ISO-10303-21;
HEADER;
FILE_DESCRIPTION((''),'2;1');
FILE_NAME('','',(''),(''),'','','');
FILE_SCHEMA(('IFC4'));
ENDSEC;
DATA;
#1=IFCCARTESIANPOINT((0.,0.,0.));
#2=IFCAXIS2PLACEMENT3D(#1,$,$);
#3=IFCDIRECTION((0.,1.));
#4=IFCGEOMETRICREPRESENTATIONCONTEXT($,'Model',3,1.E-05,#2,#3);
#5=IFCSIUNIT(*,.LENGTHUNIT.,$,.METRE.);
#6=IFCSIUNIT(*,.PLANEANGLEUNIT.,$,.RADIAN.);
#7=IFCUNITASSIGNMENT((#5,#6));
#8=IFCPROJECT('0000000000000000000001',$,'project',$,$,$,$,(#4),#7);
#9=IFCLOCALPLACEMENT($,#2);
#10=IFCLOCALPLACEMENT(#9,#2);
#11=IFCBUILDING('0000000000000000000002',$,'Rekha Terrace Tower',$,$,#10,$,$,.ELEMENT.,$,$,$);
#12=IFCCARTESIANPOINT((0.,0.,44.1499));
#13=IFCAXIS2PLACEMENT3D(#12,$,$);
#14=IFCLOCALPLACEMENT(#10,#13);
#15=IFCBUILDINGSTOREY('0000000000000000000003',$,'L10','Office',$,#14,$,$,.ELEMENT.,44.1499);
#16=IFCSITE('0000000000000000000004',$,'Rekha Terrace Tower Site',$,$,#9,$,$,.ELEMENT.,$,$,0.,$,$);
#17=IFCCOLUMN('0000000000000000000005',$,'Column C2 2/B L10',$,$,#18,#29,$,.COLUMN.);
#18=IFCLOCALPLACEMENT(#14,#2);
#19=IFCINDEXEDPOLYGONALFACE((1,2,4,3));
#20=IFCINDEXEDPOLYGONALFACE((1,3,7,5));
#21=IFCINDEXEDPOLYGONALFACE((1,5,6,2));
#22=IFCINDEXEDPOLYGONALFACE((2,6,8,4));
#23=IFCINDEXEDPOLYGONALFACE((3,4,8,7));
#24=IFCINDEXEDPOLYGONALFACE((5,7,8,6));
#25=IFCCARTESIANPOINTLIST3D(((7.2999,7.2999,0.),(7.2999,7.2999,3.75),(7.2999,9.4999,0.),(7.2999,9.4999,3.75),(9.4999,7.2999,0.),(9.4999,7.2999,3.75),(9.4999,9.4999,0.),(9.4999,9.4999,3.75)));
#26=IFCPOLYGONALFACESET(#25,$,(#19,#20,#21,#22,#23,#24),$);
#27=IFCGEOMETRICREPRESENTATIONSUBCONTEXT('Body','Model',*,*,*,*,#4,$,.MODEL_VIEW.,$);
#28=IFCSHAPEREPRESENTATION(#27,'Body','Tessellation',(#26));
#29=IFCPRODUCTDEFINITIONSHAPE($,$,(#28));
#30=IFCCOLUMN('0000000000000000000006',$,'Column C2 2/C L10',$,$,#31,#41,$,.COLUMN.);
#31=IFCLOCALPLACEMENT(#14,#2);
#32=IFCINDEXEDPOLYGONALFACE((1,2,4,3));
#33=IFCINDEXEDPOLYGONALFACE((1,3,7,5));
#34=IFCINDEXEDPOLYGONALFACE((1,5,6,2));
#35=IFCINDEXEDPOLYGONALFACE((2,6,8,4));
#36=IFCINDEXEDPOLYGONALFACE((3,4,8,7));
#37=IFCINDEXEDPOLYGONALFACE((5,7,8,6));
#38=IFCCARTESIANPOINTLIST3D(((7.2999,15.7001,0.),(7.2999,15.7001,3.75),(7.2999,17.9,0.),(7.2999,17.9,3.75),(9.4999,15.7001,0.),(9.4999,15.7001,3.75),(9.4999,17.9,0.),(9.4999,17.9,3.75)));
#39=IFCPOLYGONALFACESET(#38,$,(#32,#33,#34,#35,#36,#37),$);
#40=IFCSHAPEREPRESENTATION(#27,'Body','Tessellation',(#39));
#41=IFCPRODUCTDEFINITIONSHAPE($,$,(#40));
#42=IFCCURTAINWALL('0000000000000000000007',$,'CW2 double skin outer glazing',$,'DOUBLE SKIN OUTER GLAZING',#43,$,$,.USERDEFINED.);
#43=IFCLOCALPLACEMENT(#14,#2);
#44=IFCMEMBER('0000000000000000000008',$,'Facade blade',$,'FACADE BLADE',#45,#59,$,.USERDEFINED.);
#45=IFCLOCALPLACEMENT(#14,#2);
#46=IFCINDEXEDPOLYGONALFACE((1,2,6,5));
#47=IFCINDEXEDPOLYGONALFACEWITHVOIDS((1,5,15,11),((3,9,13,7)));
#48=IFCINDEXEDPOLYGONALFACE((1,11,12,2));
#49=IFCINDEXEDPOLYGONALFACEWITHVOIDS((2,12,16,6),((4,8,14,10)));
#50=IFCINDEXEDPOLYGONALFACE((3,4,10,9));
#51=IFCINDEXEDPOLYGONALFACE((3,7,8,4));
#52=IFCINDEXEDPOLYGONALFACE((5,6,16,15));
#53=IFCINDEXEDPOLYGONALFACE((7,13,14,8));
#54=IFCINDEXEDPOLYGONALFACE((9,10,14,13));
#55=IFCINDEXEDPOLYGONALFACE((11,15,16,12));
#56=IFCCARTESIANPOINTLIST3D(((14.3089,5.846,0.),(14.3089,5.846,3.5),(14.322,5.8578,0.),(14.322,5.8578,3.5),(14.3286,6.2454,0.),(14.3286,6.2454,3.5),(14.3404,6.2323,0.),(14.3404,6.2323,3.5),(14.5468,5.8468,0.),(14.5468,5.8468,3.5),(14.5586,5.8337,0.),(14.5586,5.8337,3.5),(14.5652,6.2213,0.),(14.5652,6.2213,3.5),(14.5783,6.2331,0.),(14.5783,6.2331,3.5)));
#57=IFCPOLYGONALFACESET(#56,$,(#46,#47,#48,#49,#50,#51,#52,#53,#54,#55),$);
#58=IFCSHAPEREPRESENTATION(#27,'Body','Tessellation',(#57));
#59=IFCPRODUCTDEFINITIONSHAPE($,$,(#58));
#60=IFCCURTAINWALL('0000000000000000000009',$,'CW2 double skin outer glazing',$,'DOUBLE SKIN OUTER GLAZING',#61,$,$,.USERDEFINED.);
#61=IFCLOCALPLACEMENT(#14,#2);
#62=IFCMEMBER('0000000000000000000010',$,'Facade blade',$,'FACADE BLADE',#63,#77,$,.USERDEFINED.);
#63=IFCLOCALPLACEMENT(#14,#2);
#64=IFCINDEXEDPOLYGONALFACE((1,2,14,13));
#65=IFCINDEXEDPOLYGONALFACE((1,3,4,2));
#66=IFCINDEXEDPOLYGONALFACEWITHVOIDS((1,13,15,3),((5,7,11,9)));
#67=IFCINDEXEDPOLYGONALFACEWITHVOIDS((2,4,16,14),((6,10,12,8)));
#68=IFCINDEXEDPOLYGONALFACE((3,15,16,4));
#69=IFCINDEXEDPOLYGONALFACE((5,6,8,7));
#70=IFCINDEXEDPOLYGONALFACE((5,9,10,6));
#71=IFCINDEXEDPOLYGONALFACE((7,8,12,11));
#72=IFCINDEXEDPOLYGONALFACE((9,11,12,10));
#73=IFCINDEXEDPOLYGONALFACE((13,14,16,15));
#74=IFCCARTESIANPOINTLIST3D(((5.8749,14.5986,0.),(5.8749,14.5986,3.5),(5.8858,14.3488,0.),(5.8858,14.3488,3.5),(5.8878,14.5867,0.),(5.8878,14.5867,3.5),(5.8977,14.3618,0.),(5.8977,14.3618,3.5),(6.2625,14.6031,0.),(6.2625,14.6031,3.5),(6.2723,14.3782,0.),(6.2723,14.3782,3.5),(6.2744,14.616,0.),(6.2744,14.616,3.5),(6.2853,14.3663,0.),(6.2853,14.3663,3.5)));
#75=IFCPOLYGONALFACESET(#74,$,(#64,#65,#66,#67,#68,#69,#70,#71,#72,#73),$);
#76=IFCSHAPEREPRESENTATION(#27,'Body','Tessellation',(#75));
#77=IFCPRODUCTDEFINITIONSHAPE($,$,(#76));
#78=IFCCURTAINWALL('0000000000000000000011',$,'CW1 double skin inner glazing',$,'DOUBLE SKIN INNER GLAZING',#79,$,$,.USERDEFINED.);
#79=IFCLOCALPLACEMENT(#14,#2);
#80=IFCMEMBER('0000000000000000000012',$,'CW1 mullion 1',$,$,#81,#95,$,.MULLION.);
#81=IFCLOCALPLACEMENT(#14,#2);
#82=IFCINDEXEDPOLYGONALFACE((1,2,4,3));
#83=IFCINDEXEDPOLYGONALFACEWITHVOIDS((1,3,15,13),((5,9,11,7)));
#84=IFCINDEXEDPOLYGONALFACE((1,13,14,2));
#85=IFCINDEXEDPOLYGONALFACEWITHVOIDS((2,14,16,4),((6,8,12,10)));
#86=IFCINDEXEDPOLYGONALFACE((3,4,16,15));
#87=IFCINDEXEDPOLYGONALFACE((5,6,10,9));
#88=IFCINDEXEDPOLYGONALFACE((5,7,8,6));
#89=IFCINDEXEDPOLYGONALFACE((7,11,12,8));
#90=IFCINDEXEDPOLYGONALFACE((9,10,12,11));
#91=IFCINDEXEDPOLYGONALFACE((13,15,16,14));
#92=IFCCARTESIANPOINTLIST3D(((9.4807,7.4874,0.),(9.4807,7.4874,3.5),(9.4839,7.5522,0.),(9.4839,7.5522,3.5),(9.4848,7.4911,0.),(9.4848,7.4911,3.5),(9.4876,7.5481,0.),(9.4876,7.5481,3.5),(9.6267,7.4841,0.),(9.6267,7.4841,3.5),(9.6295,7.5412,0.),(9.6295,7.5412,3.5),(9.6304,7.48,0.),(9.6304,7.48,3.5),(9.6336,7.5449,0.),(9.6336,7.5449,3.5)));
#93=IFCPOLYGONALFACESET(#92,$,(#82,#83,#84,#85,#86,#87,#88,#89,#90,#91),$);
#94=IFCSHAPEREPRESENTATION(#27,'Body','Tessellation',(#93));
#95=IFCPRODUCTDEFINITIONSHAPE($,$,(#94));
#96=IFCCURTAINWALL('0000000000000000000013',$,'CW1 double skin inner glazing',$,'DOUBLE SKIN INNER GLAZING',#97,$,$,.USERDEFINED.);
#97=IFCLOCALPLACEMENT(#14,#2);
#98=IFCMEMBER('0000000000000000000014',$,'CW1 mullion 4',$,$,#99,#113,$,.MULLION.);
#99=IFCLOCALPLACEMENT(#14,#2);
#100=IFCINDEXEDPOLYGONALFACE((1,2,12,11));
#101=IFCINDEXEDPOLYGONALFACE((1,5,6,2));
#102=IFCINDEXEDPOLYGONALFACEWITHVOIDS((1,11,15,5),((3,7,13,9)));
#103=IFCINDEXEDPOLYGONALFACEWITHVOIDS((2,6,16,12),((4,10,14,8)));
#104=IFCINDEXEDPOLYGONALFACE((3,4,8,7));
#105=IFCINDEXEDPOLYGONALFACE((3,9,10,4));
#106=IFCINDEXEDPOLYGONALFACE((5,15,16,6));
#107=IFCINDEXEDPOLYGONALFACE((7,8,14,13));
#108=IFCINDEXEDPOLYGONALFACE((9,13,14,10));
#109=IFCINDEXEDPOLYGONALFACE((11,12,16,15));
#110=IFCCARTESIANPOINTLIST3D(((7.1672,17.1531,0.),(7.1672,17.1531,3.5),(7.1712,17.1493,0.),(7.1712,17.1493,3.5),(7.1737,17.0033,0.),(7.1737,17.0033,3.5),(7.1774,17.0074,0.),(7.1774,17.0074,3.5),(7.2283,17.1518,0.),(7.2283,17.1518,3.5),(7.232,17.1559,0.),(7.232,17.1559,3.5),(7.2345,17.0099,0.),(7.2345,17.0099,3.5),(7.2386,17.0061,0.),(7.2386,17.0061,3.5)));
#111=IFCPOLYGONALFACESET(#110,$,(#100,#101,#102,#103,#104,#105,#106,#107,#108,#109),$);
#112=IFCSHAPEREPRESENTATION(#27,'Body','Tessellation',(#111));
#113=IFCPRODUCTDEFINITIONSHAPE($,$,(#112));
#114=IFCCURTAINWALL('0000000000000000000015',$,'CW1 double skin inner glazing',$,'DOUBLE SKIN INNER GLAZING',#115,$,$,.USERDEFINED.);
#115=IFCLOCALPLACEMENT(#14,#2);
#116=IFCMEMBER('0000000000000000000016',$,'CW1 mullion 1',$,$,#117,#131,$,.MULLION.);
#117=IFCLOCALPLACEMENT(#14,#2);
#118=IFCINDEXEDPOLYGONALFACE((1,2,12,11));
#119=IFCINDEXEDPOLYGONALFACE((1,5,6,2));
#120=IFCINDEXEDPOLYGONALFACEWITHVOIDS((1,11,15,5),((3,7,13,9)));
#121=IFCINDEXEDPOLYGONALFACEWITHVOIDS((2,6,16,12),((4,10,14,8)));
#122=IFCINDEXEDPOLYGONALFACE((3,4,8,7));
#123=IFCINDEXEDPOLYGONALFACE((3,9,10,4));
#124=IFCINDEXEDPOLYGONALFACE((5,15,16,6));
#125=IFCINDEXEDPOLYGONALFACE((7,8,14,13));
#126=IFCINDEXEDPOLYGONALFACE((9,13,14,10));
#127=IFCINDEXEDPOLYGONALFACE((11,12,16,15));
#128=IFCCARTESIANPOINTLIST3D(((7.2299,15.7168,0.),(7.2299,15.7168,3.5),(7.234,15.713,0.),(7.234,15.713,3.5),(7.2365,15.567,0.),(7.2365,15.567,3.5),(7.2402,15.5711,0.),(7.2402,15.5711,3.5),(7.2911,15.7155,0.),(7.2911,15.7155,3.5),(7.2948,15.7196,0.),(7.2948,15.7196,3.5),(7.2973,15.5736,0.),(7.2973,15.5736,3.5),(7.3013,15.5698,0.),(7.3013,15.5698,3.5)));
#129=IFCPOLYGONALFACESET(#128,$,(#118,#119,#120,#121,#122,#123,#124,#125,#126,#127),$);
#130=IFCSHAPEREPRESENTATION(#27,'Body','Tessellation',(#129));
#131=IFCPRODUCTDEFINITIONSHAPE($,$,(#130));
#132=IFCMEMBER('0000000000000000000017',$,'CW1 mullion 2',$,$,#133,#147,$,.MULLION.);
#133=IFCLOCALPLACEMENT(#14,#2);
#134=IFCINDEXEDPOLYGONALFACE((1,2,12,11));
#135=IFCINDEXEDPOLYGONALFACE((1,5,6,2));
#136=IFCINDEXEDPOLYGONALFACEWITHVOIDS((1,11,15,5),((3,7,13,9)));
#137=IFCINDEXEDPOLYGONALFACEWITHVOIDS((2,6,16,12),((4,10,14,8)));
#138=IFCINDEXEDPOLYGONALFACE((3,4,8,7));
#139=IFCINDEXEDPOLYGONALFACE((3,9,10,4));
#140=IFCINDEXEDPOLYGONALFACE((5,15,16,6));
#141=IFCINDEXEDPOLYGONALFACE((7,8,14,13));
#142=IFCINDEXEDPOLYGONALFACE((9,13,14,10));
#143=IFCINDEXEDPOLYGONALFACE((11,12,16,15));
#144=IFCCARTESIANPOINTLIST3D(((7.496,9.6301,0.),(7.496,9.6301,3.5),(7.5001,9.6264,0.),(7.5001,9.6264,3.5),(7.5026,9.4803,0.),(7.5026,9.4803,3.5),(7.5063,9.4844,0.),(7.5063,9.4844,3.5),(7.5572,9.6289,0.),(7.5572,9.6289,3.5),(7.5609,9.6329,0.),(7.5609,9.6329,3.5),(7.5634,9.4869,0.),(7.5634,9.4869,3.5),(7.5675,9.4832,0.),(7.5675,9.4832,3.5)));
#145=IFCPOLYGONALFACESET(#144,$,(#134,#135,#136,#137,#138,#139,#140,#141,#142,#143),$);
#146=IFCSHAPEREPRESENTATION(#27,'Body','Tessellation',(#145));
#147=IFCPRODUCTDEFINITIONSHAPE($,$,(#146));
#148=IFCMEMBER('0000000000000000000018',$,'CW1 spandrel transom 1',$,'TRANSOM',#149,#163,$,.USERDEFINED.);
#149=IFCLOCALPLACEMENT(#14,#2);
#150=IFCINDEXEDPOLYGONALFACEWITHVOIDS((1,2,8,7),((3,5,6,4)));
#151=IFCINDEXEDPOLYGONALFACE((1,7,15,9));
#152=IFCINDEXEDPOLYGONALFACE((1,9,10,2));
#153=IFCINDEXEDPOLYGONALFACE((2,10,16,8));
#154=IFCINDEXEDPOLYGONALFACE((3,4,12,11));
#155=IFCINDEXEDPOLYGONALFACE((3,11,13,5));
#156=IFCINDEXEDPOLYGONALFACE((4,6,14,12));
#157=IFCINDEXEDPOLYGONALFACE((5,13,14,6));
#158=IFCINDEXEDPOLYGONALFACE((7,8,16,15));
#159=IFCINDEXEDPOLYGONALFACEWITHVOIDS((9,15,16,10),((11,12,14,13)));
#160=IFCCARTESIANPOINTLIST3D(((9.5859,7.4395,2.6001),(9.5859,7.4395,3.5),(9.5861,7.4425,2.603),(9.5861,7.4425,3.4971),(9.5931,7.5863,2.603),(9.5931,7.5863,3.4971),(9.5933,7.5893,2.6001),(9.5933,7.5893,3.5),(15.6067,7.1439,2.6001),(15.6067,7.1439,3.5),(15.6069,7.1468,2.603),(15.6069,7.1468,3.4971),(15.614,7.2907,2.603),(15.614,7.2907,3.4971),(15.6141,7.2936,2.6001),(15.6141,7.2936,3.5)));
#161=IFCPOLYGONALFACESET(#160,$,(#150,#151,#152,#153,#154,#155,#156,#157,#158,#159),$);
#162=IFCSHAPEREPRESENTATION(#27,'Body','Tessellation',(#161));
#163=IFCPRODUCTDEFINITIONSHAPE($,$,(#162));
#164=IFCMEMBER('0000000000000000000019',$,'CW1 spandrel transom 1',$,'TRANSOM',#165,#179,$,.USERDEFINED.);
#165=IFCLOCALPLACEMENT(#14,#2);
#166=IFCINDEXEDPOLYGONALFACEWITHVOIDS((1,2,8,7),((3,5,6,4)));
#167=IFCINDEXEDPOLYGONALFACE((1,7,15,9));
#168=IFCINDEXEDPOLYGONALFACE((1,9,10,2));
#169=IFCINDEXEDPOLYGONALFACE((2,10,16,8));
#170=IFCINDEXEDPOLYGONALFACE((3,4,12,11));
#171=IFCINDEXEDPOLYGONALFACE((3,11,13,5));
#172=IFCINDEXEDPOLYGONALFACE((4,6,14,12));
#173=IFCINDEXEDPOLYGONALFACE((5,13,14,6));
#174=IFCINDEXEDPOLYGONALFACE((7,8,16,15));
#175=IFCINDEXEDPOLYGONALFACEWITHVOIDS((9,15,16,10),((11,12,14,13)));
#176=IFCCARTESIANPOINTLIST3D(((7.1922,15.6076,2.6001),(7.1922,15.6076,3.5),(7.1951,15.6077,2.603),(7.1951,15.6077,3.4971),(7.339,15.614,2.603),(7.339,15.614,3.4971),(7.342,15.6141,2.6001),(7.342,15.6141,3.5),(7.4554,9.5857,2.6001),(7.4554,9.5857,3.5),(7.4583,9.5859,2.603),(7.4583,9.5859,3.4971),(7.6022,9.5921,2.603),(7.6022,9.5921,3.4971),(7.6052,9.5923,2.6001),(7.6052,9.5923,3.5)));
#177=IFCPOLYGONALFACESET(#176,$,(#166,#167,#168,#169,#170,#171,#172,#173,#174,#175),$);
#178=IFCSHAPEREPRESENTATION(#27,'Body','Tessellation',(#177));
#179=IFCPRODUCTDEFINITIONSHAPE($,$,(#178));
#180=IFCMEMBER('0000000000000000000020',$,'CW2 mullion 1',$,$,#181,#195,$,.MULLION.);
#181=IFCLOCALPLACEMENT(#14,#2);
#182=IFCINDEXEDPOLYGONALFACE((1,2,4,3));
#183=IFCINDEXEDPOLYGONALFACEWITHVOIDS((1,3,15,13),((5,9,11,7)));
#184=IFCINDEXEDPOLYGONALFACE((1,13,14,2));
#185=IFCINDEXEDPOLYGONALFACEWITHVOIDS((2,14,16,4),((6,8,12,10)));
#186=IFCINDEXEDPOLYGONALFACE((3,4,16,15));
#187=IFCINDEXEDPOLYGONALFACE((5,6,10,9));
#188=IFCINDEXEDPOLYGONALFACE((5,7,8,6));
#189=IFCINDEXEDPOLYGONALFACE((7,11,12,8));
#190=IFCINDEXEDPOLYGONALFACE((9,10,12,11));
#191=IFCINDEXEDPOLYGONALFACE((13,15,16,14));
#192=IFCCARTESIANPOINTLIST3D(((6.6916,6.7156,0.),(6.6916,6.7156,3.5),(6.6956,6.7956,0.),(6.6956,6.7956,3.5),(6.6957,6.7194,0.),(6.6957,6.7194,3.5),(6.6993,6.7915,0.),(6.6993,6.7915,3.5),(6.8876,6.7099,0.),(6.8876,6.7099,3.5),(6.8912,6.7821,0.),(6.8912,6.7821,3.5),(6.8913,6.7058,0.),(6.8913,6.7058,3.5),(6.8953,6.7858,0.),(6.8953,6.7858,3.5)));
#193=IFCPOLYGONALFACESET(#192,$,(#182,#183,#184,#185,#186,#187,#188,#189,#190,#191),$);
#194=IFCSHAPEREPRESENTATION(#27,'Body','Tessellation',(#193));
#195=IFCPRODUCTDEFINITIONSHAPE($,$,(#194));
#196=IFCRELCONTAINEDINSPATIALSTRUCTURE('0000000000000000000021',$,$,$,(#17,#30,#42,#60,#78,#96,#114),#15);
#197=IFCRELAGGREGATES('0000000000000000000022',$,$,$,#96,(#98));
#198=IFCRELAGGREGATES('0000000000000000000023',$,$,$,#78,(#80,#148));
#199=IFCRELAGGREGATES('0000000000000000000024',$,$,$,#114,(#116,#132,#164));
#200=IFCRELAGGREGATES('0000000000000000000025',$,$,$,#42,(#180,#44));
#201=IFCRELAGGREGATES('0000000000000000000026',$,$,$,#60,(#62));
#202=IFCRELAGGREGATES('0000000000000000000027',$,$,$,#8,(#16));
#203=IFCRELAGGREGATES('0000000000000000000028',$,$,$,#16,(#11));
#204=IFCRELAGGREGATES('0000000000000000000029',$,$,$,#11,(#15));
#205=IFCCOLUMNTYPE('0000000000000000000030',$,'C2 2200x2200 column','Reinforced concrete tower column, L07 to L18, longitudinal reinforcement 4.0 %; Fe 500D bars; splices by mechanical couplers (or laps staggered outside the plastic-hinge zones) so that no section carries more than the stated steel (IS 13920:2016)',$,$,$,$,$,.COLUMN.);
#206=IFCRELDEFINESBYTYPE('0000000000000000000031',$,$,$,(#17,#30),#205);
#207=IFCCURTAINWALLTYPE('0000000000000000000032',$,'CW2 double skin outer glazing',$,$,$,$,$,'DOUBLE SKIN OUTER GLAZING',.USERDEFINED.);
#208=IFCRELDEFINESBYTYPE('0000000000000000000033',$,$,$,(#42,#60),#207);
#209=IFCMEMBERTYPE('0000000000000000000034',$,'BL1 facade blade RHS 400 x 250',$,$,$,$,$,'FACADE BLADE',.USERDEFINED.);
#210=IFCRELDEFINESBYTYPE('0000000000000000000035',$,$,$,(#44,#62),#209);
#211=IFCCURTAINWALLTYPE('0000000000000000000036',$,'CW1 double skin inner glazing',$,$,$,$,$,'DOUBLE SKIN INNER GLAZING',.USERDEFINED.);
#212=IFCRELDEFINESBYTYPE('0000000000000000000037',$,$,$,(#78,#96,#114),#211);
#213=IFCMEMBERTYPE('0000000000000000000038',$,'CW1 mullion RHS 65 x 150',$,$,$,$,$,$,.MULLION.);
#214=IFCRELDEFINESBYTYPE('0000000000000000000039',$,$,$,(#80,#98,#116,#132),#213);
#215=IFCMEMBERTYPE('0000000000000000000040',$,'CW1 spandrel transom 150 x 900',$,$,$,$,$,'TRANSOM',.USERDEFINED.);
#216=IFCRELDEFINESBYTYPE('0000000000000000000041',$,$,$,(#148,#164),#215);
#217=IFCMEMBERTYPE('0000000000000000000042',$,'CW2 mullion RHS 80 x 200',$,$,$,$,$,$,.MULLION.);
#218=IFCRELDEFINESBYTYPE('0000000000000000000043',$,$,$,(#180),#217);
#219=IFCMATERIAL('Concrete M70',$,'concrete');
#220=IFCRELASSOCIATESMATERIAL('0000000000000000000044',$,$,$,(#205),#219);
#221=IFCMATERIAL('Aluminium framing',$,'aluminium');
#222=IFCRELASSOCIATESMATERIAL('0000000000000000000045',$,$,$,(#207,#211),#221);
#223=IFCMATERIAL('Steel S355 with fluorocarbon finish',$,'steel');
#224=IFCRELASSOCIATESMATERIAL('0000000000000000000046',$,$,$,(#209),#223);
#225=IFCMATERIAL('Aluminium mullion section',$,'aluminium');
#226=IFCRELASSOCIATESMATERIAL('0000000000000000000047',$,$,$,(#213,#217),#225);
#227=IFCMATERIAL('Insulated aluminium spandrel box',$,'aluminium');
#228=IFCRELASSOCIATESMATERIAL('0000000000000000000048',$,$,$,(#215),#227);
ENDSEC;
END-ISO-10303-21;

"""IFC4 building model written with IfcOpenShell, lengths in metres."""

from ifc_helpers import new_model, si_unit, direction, frame, origin, origin_2d, place, context, subcontext, project, spatial, rectangle, hollow_rectangle, extrude, material, material_profile, profile_set, type_object, element, aggregate, save


model = new_model("IFC4")

# Units and contexts
model_context = context("Model", 3, precision=1e-05, world=origin(), true_north=direction((0.0, 1.0)))
body_context = subcontext(model_context, "Body", "Model", "MODEL_VIEW")
ifc_project = project(units=[si_unit("LENGTHUNIT", "METRE"), si_unit("PLANEANGLEUNIT", "RADIAN")], contexts=[model_context])

# Site, building, storey
site_placement = place(None, origin())
site = spatial("IfcSite", under=ifc_project, at=site_placement, Name="Rekha Terrace Tower Site", CompositionType="ELEMENT", RefElevation=0.0)
building_placement = place(site_placement, origin())
building = spatial("IfcBuilding", under=site, at=building_placement, Name="Rekha Terrace Tower", CompositionType="ELEMENT")
storey_placement = place(building_placement, frame((0.0, 0.0, 44.1499)))
storey = spatial("IfcBuildingStorey", under=building, at=storey_placement, Name="L10", Description="Office", CompositionType="ELEMENT", Elevation=44.1499)

# Columns
ifc_material_1 = material(Name="Concrete M70", Category="concrete")
ifc_material_profile_1 = material_profile(ifc_material_1, rectangle(XDim=2.2, YDim=2.2, at=origin_2d()), Name="RC 2200x2200")
ifc_profile_set_1 = profile_set([ifc_material_profile_1], Name="Concrete M70")
column_type = type_object("IfcColumnType", Name="C2 2200x2200 column", Description="Reinforced concrete tower column, L07 to L18, longitudinal reinforcement 4.0 %; Fe 500D bars; splices by mechanical couplers (or laps staggered outside the plastic-hinge zones) so that no section carries more than the stated steel (IS 13920:2016)", PredefinedType="COLUMN", material=ifc_profile_set_1)
for number, where, z_axis, x_axis, name in (
    (1, (8.3999, 8.3999, 0.0), (0.0, 0.0, 1.0), (1.0, 0.0, 0.0), "Column C2 2/B L10"),
    (2, (8.3999, 16.8, 0.0), (0.0, 0.0, 1.0), (1.0, 0.0, 0.0), "Column C2 2/C L10"),
):
    element("IfcColumn", number, at=place(storey_placement, frame(where, z_axis=z_axis, x_axis=x_axis)), inside=storey, type_object=column_type, Name=name, PredefinedType="COLUMN", context=body_context, shape_type="SweptSolid", body=[
        extrude(rectangle(XDim=2.2, YDim=2.2, at=origin_2d()), origin(), (0.0, 0.0, 1.0), 3.75),
    ])

# Curtain walls, members
ifc_material_2 = material(Name="Aluminium framing", Category="aluminium")
curtain_wall_type_1 = type_object("IfcCurtainWallType", Name="CW2 double skin outer glazing", ElementType="DOUBLE SKIN OUTER GLAZING", PredefinedType="USERDEFINED", material=ifc_material_2)
curtain_wall_1_placement = place(storey_placement, origin())
curtain_wall_1 = element("IfcCurtainWall", 3, at=curtain_wall_1_placement, inside=storey, type_object=curtain_wall_type_1, Name="CW2 double skin outer glazing", ObjectType="DOUBLE SKIN OUTER GLAZING", PredefinedType="USERDEFINED")
ifc_material_3 = material(Name="Steel S355 with fluorocarbon finish", Category="steel")
ifc_material_profile_2 = material_profile(ifc_material_3, hollow_rectangle(XDim=0.25, YDim=0.3999, WallThickness=0.0125, at=origin_2d()), Name="RHS400x250x12.5")
ifc_profile_set_2 = profile_set([ifc_material_profile_2], Name="Steel S355 with fluorocarbon finish")
member_type_1 = type_object("IfcMemberType", Name="BL1 facade blade RHS 400 x 250", ElementType="FACADE BLADE", PredefinedType="USERDEFINED", material=ifc_profile_set_2)
member_1_placement = place(storey_placement, frame((14.4436, 6.0396, 0.0), z_axis=(0.0, 0.0, 1.0), x_axis=(0.998796, -0.049052, 0.0)))
member_1 = element("IfcMember", 4, at=member_1_placement, type_object=member_type_1, Name="Facade blade", ObjectType="FACADE BLADE", PredefinedType="USERDEFINED", context=body_context, shape_type="SweptSolid", body=[
    extrude(hollow_rectangle(XDim=0.25, YDim=0.3999, WallThickness=0.0125, at=origin_2d()), origin(), (0.0, 0.0, 1.0), 3.5),
])
curtain_wall_2_placement = place(storey_placement, origin())
curtain_wall_2 = element("IfcCurtainWall", 5, at=curtain_wall_2_placement, inside=storey, type_object=curtain_wall_type_1, Name="CW2 double skin outer glazing", ObjectType="DOUBLE SKIN OUTER GLAZING", PredefinedType="USERDEFINED")
member_2_placement = place(storey_placement, frame((6.0801, 14.4824, 0.0), z_axis=(0.0, 0.0, 1.0), x_axis=(0.043682, -0.999045, 0.0)))
member_2 = element("IfcMember", 6, at=member_2_placement, type_object=member_type_1, Name="Facade blade", ObjectType="FACADE BLADE", PredefinedType="USERDEFINED", context=body_context, shape_type="SweptSolid", body=[
    extrude(hollow_rectangle(XDim=0.25, YDim=0.3999, WallThickness=0.0125, at=origin_2d()), origin(), (0.0, 0.0, 1.0), 3.5),
])
curtain_wall_type_2 = type_object("IfcCurtainWallType", Name="CW1 double skin inner glazing", ElementType="DOUBLE SKIN INNER GLAZING", PredefinedType="USERDEFINED", material=ifc_material_2)
curtain_wall_3_placement = place(storey_placement, origin())
curtain_wall_3 = element("IfcCurtainWall", 7, at=curtain_wall_3_placement, inside=storey, type_object=curtain_wall_type_2, Name="CW1 double skin inner glazing", ObjectType="DOUBLE SKIN INNER GLAZING", PredefinedType="USERDEFINED")
ifc_material_4 = material(Name="Aluminium mullion section", Category="aluminium")
ifc_material_profile_3 = material_profile(ifc_material_4, hollow_rectangle(XDim=0.0649, YDim=0.1499, WallThickness=0.0039, at=origin_2d()), Name="AL RHS 65x150")
ifc_profile_set_3 = profile_set([ifc_material_profile_3], Name="Aluminium mullion section")
member_type_2 = type_object("IfcMemberType", Name="CW1 mullion RHS 65 x 150", PredefinedType="MULLION", material=ifc_profile_set_3)
member_3_placement = place(storey_placement, frame((9.5571, 7.5161, 0.0), z_axis=(0.0, 0.0, 1.0), x_axis=(0.049052, 0.998796, 0.0)))
member_3 = element("IfcMember", 8, at=member_3_placement, type_object=member_type_2, Name="CW1 mullion 1", PredefinedType="MULLION", context=body_context, shape_type="SweptSolid", body=[
    extrude(hollow_rectangle(XDim=0.0649, YDim=0.1499, WallThickness=0.0039, at=origin_2d()), origin(), (0.0, 0.0, 1.0), 3.5),
])
curtain_wall_4_placement = place(storey_placement, origin())
curtain_wall_4 = element("IfcCurtainWall", 9, at=curtain_wall_4_placement, inside=storey, type_object=curtain_wall_type_2, Name="CW1 double skin inner glazing", ObjectType="DOUBLE SKIN INNER GLAZING", PredefinedType="USERDEFINED")
member_4_placement = place(storey_placement, frame((7.2029, 17.0796, 0.0), z_axis=(0.0, 0.0, 1.0), x_axis=(0.999045, 0.043683, 0.0)))
member_4 = element("IfcMember", 10, at=member_4_placement, type_object=member_type_2, Name="CW1 mullion 4", PredefinedType="MULLION", context=body_context, shape_type="SweptSolid", body=[
    extrude(hollow_rectangle(XDim=0.0649, YDim=0.1499, WallThickness=0.0039, at=origin_2d()), origin(), (0.0, 0.0, 1.0), 3.5),
])
aggregate(curtain_wall_4, [member_4])

# Curtain wall, members
curtain_wall_5_placement = place(storey_placement, origin())
curtain_wall_5 = element("IfcCurtainWall", 11, at=curtain_wall_5_placement, inside=storey, type_object=curtain_wall_type_2, Name="CW1 double skin inner glazing", ObjectType="DOUBLE SKIN INNER GLAZING", PredefinedType="USERDEFINED")
member_5_placement = place(storey_placement, frame((7.2656, 15.6433, 0.0), z_axis=(0.0, 0.0, 1.0), x_axis=(0.999045, 0.043683, 0.0)))
member_5 = element("IfcMember", 12, at=member_5_placement, type_object=member_type_2, Name="CW1 mullion 1", PredefinedType="MULLION", context=body_context, shape_type="SweptSolid", body=[
    extrude(hollow_rectangle(XDim=0.0649, YDim=0.1499, WallThickness=0.0039, at=origin_2d()), origin(), (0.0, 0.0, 1.0), 3.5),
])
member_6_placement = place(storey_placement, frame((7.5317, 9.5566, 0.0), z_axis=(0.0, 0.0, 1.0), x_axis=(0.999045, 0.043683, 0.0)))
member_6 = element("IfcMember", 13, at=member_6_placement, type_object=member_type_2, Name="CW1 mullion 2", PredefinedType="MULLION", context=body_context, shape_type="SweptSolid", body=[
    extrude(hollow_rectangle(XDim=0.0649, YDim=0.1499, WallThickness=0.0039, at=origin_2d()), origin(), (0.0, 0.0, 1.0), 3.5),
])

# Members
ifc_material_5 = material(Name="Insulated aluminium spandrel box", Category="aluminium")
ifc_material_profile_4 = material_profile(ifc_material_5, hollow_rectangle(XDim=0.1499, YDim=0.8999, WallThickness=0.0029, at=origin_2d()), Name="AL SPANDREL BOX 150x900")
ifc_profile_set_4 = profile_set([ifc_material_profile_4], Name="Insulated aluminium spandrel box")
member_type_3 = type_object("IfcMemberType", Name="CW1 spandrel transom 150 x 900", ElementType="TRANSOM", PredefinedType="USERDEFINED", material=ifc_profile_set_4)
member_7_placement = place(storey_placement, frame((9.5896, 7.5144, 3.05), z_axis=(0.998796, -0.049047, 0.0), x_axis=(0.049047, 0.998796, 0.0)))
member_7 = element("IfcMember", 14, at=member_7_placement, type_object=member_type_3, Name="CW1 spandrel transom 1", ObjectType="TRANSOM", PredefinedType="USERDEFINED", context=body_context, shape_type="SweptSolid", body=[
    extrude(hollow_rectangle(XDim=0.1499, YDim=0.8999, WallThickness=0.0029, at=origin_2d()), origin(), (0.0, 0.0, 1.0), 6.0281),
])
member_8_placement = place(storey_placement, frame((7.2671, 15.6108, 3.05), z_axis=(0.043664, -0.999046, 0.0), x_axis=(0.999046, 0.043664, 0.0)))
member_8 = element("IfcMember", 15, at=member_8_placement, type_object=member_type_3, Name="CW1 spandrel transom 1", ObjectType="TRANSOM", PredefinedType="USERDEFINED", context=body_context, shape_type="SweptSolid", body=[
    extrude(hollow_rectangle(XDim=0.1499, YDim=0.8999, WallThickness=0.0029, at=origin_2d()), origin(), (0.0, 0.0, 1.0), 6.0276),
])
ifc_material_profile_5 = material_profile(ifc_material_4, hollow_rectangle(XDim=0.0801, YDim=0.2, WallThickness=0.0039, at=origin_2d()), Name="AL RHS 80x200")
ifc_profile_set_5 = profile_set([ifc_material_profile_5], Name="Aluminium mullion section")
member_type_4 = type_object("IfcMemberType", Name="CW2 mullion RHS 80 x 200", PredefinedType="MULLION", material=ifc_profile_set_5)
member_9_placement = place(storey_placement, frame((6.7935, 6.7507, 0.0), z_axis=(0.0, 0.0, 1.0), x_axis=(0.049052, 0.998796, 0.0)))
member_9 = element("IfcMember", 16, at=member_9_placement, type_object=member_type_4, Name="CW2 mullion 1", PredefinedType="MULLION", context=body_context, shape_type="SweptSolid", body=[
    extrude(hollow_rectangle(XDim=0.0801, YDim=0.2, WallThickness=0.0039, at=origin_2d()), origin(), (0.0, 0.0, 1.0), 3.5),
])

aggregate(curtain_wall_3, [member_3, member_7])
aggregate(curtain_wall_5, [member_5, member_6, member_8])
aggregate(curtain_wall_1, [member_9, member_1])
aggregate(curtain_wall_2, [member_2])

save(model, "model.ifc")
